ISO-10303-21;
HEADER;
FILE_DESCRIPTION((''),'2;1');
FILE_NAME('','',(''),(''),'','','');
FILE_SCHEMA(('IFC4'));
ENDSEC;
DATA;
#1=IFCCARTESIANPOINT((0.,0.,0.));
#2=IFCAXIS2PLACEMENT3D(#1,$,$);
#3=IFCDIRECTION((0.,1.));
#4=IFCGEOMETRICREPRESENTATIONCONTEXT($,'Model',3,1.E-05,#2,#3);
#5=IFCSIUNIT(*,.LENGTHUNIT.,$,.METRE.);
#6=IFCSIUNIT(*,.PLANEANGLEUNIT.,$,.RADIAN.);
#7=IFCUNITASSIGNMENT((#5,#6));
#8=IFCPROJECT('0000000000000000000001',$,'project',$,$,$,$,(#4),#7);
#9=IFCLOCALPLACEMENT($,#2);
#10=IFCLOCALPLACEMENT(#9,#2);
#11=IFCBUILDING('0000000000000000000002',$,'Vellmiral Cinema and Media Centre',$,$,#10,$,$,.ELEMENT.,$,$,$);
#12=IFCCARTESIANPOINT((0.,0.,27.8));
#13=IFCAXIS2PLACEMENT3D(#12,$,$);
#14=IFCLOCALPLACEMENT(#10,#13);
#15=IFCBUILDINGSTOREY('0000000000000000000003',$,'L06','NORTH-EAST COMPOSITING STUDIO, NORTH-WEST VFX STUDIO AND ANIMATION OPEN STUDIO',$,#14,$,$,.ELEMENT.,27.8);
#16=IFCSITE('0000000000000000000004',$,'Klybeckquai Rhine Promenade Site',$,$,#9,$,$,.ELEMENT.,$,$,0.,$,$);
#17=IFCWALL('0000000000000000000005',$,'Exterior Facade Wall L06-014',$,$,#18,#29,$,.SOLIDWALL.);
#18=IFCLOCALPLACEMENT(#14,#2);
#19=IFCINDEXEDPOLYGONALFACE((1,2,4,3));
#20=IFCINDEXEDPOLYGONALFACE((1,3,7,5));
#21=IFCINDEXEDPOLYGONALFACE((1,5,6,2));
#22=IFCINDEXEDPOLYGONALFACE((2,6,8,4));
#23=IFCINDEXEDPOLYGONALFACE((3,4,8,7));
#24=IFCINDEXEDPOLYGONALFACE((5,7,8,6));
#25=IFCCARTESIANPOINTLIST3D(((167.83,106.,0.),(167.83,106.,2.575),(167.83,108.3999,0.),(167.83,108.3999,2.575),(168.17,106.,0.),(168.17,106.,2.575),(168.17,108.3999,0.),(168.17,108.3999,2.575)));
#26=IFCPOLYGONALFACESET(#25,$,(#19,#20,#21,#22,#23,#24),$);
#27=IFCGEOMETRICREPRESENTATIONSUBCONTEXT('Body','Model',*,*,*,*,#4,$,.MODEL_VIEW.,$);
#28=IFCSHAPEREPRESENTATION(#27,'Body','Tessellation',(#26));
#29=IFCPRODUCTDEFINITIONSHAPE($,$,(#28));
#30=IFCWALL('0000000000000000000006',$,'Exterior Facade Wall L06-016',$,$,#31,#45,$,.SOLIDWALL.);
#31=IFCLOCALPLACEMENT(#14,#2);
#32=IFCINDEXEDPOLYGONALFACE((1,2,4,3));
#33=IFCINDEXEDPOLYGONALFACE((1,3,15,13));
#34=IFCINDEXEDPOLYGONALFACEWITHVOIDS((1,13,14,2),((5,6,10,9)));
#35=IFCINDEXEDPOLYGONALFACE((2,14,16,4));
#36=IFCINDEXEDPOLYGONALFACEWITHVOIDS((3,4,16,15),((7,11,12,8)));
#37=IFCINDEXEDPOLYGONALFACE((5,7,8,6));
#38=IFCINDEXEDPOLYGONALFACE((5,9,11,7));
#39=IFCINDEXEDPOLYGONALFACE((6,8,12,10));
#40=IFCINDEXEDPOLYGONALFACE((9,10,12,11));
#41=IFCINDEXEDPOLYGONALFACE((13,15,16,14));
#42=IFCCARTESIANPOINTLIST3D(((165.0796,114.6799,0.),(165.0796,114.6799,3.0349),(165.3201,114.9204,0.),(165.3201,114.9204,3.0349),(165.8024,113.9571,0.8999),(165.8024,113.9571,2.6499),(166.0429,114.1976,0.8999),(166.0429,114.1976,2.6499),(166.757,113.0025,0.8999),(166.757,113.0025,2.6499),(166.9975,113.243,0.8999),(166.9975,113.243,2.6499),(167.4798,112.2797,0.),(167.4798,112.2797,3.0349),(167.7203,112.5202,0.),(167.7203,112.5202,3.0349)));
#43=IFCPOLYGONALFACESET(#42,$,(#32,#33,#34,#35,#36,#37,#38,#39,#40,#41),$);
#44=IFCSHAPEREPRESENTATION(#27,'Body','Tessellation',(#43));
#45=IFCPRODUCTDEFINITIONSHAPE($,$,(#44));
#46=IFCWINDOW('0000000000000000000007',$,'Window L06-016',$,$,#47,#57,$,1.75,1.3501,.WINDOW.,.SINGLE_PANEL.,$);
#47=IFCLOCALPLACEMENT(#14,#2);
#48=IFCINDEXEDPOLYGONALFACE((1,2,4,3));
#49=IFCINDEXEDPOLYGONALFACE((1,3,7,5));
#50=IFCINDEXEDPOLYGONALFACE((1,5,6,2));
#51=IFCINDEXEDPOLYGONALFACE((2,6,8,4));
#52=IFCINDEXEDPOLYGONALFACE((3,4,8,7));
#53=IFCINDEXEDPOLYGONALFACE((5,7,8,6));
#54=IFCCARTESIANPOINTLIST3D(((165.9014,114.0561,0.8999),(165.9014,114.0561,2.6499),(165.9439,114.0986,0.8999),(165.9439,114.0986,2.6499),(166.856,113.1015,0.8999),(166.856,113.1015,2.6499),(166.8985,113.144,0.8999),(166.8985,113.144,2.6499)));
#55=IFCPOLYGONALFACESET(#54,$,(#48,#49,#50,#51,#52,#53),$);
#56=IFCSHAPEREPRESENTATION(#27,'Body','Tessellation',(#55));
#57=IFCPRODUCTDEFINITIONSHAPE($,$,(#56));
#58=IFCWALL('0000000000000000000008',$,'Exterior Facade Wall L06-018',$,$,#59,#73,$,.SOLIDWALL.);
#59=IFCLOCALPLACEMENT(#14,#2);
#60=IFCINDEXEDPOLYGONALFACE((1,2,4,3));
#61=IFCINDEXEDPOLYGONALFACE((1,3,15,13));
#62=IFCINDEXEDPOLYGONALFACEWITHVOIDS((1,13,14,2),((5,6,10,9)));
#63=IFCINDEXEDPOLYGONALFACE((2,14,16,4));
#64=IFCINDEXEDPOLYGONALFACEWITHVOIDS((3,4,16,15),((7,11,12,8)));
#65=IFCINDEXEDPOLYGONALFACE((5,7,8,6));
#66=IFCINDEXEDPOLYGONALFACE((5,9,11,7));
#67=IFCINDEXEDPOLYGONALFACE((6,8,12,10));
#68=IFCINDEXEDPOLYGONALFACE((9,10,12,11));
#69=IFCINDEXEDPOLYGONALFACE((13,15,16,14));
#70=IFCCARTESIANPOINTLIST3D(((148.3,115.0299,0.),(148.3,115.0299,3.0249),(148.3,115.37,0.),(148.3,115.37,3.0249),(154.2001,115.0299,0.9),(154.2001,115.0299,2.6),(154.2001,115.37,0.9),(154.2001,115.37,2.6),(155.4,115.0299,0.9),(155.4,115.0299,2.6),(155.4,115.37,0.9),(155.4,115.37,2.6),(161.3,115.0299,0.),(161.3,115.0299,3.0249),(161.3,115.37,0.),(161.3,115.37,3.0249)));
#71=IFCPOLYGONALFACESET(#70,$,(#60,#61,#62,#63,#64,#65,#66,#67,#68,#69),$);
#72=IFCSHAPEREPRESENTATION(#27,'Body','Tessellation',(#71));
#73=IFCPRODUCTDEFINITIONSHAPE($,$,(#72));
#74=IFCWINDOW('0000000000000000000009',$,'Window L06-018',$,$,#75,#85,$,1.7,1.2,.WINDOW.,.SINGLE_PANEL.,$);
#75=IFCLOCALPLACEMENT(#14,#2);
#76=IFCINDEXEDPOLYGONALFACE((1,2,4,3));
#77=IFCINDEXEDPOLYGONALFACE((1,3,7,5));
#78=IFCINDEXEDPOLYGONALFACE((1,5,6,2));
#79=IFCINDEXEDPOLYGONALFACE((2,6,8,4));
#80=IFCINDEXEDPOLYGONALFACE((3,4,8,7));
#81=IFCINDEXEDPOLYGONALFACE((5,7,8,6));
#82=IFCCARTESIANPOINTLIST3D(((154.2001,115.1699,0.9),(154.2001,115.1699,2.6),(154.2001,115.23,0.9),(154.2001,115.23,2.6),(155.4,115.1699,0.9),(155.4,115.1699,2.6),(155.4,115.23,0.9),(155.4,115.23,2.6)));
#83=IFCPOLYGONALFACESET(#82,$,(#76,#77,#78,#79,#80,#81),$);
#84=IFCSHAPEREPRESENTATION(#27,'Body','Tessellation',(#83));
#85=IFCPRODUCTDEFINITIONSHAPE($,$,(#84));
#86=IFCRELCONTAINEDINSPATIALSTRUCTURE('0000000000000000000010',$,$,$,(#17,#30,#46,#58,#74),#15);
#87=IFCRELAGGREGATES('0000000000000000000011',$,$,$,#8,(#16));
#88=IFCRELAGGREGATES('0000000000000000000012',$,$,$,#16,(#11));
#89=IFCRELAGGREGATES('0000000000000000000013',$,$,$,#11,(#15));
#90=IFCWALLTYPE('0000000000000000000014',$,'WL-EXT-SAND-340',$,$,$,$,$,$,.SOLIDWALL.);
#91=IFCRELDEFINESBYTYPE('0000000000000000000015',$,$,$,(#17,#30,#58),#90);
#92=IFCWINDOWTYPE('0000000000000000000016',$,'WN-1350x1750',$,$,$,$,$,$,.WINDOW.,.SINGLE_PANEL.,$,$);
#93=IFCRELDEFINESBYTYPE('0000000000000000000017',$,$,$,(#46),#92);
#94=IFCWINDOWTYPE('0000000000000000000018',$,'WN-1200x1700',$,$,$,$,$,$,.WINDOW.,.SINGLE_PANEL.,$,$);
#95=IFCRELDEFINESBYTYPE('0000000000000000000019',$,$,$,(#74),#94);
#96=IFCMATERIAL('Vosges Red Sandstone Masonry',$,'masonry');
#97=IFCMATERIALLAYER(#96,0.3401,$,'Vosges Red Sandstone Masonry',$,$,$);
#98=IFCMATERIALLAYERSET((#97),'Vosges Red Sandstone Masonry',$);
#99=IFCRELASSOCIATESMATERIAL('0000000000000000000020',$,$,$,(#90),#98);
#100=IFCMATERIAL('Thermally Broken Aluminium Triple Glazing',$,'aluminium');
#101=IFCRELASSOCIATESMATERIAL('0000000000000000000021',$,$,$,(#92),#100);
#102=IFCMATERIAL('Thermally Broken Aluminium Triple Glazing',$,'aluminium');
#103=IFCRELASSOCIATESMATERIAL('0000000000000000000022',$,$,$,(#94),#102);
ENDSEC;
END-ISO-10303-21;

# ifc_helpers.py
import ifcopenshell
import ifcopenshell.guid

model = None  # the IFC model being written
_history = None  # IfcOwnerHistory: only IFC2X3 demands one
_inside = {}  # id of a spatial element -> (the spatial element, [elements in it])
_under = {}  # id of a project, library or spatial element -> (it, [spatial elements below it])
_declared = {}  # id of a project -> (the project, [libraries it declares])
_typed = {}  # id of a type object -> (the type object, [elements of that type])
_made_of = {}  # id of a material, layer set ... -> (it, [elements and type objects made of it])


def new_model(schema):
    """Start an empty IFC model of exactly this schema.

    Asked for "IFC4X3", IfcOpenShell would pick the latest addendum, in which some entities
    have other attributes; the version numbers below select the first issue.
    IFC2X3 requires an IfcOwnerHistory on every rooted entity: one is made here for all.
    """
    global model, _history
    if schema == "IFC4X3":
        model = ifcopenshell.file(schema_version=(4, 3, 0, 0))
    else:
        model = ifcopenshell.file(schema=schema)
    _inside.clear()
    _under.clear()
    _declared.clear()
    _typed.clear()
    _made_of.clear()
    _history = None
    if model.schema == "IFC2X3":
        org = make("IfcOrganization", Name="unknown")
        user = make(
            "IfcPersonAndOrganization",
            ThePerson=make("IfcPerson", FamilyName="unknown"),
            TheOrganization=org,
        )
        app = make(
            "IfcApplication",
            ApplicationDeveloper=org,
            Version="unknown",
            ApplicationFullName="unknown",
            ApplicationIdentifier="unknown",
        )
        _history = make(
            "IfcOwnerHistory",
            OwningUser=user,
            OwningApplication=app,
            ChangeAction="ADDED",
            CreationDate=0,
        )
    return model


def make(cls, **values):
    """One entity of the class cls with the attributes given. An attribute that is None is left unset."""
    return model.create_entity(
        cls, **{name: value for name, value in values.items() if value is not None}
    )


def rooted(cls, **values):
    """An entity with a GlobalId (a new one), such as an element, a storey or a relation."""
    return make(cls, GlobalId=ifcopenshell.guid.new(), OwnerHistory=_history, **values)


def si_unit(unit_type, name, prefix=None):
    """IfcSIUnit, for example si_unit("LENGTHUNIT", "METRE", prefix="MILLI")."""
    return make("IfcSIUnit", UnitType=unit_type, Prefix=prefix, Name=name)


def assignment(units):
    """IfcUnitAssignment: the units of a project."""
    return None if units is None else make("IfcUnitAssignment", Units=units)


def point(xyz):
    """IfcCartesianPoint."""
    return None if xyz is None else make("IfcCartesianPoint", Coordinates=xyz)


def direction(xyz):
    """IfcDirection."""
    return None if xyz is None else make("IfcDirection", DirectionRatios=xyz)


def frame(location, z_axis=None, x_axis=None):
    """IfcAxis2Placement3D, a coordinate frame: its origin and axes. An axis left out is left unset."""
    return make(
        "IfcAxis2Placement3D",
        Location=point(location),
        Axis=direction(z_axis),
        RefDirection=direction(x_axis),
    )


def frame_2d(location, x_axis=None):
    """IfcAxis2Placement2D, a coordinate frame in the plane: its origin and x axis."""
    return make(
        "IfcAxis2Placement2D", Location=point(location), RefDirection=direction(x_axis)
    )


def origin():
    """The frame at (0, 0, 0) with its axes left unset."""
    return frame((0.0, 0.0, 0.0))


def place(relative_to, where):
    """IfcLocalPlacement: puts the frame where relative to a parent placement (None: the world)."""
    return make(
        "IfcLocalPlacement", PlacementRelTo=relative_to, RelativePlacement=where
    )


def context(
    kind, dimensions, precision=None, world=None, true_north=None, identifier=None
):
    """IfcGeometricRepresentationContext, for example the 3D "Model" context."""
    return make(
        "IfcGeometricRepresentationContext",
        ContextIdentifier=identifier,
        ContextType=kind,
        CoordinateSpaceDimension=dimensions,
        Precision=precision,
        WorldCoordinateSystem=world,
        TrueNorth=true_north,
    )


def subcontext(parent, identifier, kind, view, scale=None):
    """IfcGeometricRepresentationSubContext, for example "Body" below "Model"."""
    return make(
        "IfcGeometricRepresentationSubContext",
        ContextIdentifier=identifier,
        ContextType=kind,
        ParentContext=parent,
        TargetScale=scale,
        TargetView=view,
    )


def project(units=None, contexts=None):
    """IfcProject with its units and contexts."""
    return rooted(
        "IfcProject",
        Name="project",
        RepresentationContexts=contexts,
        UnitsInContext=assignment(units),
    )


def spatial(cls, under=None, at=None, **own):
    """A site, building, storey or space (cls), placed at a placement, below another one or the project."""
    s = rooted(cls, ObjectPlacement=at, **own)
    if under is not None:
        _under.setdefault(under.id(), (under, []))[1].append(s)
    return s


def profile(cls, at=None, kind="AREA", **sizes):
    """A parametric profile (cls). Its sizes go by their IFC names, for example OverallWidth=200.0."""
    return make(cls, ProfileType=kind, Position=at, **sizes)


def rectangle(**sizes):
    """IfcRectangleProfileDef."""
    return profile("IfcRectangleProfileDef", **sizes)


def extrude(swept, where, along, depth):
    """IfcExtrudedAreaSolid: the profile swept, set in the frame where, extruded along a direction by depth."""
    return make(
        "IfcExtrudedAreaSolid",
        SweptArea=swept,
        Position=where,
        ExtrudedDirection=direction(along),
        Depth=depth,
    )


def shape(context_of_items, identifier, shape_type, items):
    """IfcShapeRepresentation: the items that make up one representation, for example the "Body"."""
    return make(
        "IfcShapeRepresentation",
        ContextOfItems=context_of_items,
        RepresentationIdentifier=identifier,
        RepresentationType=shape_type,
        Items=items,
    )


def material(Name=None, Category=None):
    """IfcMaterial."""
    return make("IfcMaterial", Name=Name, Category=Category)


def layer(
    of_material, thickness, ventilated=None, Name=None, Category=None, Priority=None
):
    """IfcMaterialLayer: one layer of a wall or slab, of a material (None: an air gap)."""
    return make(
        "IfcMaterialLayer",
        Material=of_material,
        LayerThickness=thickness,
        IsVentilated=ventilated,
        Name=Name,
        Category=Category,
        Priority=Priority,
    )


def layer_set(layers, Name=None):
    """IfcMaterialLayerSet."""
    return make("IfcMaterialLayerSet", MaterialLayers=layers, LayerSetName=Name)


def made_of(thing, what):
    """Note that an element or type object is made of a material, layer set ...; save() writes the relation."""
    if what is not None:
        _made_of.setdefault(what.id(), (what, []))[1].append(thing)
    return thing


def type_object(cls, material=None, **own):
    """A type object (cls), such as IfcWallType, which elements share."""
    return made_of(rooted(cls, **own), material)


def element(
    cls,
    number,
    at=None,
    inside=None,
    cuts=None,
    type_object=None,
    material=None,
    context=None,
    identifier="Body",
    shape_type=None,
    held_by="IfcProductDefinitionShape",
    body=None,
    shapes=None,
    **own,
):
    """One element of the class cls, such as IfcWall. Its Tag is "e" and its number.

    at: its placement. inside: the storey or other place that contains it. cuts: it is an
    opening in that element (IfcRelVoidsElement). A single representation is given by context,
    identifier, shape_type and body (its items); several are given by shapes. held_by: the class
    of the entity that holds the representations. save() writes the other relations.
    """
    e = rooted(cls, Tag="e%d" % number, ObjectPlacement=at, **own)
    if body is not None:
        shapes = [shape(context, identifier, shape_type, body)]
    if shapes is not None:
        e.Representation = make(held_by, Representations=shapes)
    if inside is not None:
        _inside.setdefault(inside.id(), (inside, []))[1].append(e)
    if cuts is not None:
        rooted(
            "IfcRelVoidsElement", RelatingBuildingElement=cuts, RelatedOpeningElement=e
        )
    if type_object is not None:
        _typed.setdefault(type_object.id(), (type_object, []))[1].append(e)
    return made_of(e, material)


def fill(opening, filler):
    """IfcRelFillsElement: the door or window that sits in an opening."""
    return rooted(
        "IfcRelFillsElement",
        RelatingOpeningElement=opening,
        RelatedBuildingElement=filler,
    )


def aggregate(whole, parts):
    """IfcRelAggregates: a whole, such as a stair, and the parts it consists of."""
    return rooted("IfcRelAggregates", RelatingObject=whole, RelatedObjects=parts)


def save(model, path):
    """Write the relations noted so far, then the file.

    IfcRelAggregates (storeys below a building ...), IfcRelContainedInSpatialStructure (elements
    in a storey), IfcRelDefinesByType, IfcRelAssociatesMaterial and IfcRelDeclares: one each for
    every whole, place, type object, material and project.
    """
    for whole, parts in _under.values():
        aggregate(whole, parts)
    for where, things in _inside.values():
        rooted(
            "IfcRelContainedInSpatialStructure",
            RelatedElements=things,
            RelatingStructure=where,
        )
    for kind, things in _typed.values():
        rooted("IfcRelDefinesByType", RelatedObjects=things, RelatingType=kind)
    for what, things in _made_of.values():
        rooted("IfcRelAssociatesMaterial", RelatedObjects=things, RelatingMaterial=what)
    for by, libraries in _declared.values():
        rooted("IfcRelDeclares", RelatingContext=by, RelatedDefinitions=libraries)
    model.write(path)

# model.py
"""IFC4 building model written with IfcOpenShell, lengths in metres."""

from ifc_helpers import new_model, si_unit, direction, frame, frame_2d, origin, place, context, subcontext, project, spatial, rectangle, extrude, material, layer, layer_set, type_object, element, fill, save


model = new_model("IFC4")

# Units and contexts
model_context = context("Model", 3, precision=1e-05, world=origin(), true_north=direction((0.0, 1.0)))
body_context = subcontext(model_context, "Body", "Model", "MODEL_VIEW")
ifc_project = project(units=[si_unit("LENGTHUNIT", "METRE"), si_unit("PLANEANGLEUNIT", "RADIAN")], contexts=[model_context])

# Site, building, storey
site_placement = place(None, origin())
site = spatial("IfcSite", under=ifc_project, at=site_placement, Name="Klybeckquai Rhine Promenade Site", CompositionType="ELEMENT", RefElevation=0.0)
building_placement = place(site_placement, origin())
building = spatial("IfcBuilding", under=site, at=building_placement, Name="Vellmiral Cinema and Media Centre", CompositionType="ELEMENT")
storey_placement = place(building_placement, frame((0.0, 0.0, 27.8)))
storey = spatial("IfcBuildingStorey", under=building, at=storey_placement, Name="L06", Description="NORTH-EAST COMPOSITING STUDIO, NORTH-WEST VFX STUDIO AND ANIMATION OPEN STUDIO", CompositionType="ELEMENT", Elevation=27.8)

# Wall
ifc_material_1 = material(Name="Vosges Red Sandstone Masonry", Category="masonry")
ifc_layer_1 = layer(ifc_material_1, 0.3401, Name="Vosges Red Sandstone Masonry")
ifc_layer_set_1 = layer_set([ifc_layer_1], Name="Vosges Red Sandstone Masonry")
wall_type_1 = type_object("IfcWallType", Name="WL-EXT-SAND-340", PredefinedType="SOLIDWALL", material=ifc_layer_set_1)
wall_1_placement = place(storey_placement, frame((168.0, 106.0, 0.0), z_axis=(0.0, 0.0, 1.0), x_axis=(0.0, 1.0, 0.0)))
element("IfcWall", 1, at=wall_1_placement, inside=storey, type_object=wall_type_1, Name="Exterior Facade Wall L06-014", PredefinedType="SOLIDWALL", context=body_context, shape_type="SweptSolid", body=[
    extrude(rectangle(XDim=2.3999, YDim=0.3401, at=frame_2d((1.2, 0.0))), origin(), (0.0, 0.0, 1.0), 2.575),
])

# Walls, openings, windows
wall_2_placement = place(storey_placement, frame((167.6001, 112.3999, 0.0), z_axis=(0.0, 0.0, 1.0), x_axis=(-0.707107, 0.707107, 0.0)))
wall_2 = element("IfcWall", 2, at=wall_2_placement, inside=storey, type_object=wall_type_1, Name="Exterior Facade Wall L06-016", PredefinedType="SOLIDWALL", context=body_context, shape_type="SweptSolid", body=[
    extrude(rectangle(XDim=3.3943, YDim=0.3401, at=frame_2d((1.6973, 0.0))), origin(), (0.0, 0.0, 1.0), 3.0349),
])
opening_1_placement = place(wall_2_placement, frame((1.0222, 0.0, 0.8999)))
opening_1 = element("IfcOpeningElement", 3, at=opening_1_placement, cuts=wall_2, PredefinedType="OPENING", context=body_context, shape_type="SweptSolid", body=[
    extrude(rectangle(XDim=1.3501, YDim=1.75, at=frame_2d((0.675, 0.875))), frame((0.0, 0.1821, 0.0), z_axis=(0.0, -1.0, 0.0), x_axis=(1.0, 0.0, 0.0)), (0.0, 0.0, 1.0), 0.364),
])
ifc_material_2 = material(Name="Thermally Broken Aluminium Triple Glazing", Category="aluminium")
window_type_1 = type_object("IfcWindowType", Name="WN-1350x1750", PartitioningType="SINGLE_PANEL", PredefinedType="WINDOW", material=ifc_material_2)
window_1_placement = place(opening_1_placement, origin())
window_1 = element("IfcWindow", 4, at=window_1_placement, inside=storey, type_object=window_type_1, Name="Window L06-016", OverallHeight=1.75, OverallWidth=1.3501, PartitioningType="SINGLE_PANEL", PredefinedType="WINDOW", context=body_context, shape_type="SweptSolid", body=[
    extrude(rectangle(XDim=1.3501, YDim=1.75, at=frame_2d((0.675, 0.875))), frame((0.0, 0.03, 0.0), z_axis=(0.0, -1.0, 0.0), x_axis=(1.0, 0.0, 0.0)), (0.0, 0.0, 1.0), 0.0601),
])
fill(opening_1, window_1)
wall_3_placement = place(storey_placement, frame((161.3, 115.2, 0.0), z_axis=(0.0, 0.0, 1.0), x_axis=(-1.0, 0.0, 0.0)))
wall_3 = element("IfcWall", 5, at=wall_3_placement, inside=storey, type_object=wall_type_1, Name="Exterior Facade Wall L06-018", PredefinedType="SOLIDWALL", context=body_context, shape_type="SweptSolid", body=[
    extrude(rectangle(XDim=13.0, YDim=0.3401, at=frame_2d((6.5, 0.0))), origin(), (0.0, 0.0, 1.0), 3.0249),
])
opening_2_placement = place(wall_3_placement, frame((5.8999, 0.0, 0.8999)))
opening_2 = element("IfcOpeningElement", 6, at=opening_2_placement, cuts=wall_3, PredefinedType="OPENING", context=body_context, shape_type="SweptSolid", body=[
    extrude(rectangle(XDim=1.2, YDim=1.7, at=frame_2d((0.6001, 0.8501))), frame((0.0, 0.1821, 0.0), z_axis=(0.0, -1.0, 0.0), x_axis=(1.0, 0.0, 0.0)), (0.0, 0.0, 1.0), 0.364),
])
ifc_material_3 = material(Name="Thermally Broken Aluminium Triple Glazing", Category="aluminium")
window_type_2 = type_object("IfcWindowType", Name="WN-1200x1700", PartitioningType="SINGLE_PANEL", PredefinedType="WINDOW", material=ifc_material_3)
window_2_placement = place(opening_2_placement, origin())
window_2 = element("IfcWindow", 7, at=window_2_placement, inside=storey, type_object=window_type_2, Name="Window L06-018", OverallHeight=1.7, OverallWidth=1.2, PartitioningType="SINGLE_PANEL", PredefinedType="WINDOW", context=body_context, shape_type="SweptSolid", body=[
    extrude(rectangle(XDim=1.2, YDim=1.7, at=frame_2d((0.6001, 0.8501))), frame((0.0, 0.03, 0.0), z_axis=(0.0, -1.0, 0.0), x_axis=(1.0, 0.0, 0.0)), (0.0, 0.0, 1.0), 0.0601),
])
fill(opening_2, window_2)

save(model, "model.ifc")
